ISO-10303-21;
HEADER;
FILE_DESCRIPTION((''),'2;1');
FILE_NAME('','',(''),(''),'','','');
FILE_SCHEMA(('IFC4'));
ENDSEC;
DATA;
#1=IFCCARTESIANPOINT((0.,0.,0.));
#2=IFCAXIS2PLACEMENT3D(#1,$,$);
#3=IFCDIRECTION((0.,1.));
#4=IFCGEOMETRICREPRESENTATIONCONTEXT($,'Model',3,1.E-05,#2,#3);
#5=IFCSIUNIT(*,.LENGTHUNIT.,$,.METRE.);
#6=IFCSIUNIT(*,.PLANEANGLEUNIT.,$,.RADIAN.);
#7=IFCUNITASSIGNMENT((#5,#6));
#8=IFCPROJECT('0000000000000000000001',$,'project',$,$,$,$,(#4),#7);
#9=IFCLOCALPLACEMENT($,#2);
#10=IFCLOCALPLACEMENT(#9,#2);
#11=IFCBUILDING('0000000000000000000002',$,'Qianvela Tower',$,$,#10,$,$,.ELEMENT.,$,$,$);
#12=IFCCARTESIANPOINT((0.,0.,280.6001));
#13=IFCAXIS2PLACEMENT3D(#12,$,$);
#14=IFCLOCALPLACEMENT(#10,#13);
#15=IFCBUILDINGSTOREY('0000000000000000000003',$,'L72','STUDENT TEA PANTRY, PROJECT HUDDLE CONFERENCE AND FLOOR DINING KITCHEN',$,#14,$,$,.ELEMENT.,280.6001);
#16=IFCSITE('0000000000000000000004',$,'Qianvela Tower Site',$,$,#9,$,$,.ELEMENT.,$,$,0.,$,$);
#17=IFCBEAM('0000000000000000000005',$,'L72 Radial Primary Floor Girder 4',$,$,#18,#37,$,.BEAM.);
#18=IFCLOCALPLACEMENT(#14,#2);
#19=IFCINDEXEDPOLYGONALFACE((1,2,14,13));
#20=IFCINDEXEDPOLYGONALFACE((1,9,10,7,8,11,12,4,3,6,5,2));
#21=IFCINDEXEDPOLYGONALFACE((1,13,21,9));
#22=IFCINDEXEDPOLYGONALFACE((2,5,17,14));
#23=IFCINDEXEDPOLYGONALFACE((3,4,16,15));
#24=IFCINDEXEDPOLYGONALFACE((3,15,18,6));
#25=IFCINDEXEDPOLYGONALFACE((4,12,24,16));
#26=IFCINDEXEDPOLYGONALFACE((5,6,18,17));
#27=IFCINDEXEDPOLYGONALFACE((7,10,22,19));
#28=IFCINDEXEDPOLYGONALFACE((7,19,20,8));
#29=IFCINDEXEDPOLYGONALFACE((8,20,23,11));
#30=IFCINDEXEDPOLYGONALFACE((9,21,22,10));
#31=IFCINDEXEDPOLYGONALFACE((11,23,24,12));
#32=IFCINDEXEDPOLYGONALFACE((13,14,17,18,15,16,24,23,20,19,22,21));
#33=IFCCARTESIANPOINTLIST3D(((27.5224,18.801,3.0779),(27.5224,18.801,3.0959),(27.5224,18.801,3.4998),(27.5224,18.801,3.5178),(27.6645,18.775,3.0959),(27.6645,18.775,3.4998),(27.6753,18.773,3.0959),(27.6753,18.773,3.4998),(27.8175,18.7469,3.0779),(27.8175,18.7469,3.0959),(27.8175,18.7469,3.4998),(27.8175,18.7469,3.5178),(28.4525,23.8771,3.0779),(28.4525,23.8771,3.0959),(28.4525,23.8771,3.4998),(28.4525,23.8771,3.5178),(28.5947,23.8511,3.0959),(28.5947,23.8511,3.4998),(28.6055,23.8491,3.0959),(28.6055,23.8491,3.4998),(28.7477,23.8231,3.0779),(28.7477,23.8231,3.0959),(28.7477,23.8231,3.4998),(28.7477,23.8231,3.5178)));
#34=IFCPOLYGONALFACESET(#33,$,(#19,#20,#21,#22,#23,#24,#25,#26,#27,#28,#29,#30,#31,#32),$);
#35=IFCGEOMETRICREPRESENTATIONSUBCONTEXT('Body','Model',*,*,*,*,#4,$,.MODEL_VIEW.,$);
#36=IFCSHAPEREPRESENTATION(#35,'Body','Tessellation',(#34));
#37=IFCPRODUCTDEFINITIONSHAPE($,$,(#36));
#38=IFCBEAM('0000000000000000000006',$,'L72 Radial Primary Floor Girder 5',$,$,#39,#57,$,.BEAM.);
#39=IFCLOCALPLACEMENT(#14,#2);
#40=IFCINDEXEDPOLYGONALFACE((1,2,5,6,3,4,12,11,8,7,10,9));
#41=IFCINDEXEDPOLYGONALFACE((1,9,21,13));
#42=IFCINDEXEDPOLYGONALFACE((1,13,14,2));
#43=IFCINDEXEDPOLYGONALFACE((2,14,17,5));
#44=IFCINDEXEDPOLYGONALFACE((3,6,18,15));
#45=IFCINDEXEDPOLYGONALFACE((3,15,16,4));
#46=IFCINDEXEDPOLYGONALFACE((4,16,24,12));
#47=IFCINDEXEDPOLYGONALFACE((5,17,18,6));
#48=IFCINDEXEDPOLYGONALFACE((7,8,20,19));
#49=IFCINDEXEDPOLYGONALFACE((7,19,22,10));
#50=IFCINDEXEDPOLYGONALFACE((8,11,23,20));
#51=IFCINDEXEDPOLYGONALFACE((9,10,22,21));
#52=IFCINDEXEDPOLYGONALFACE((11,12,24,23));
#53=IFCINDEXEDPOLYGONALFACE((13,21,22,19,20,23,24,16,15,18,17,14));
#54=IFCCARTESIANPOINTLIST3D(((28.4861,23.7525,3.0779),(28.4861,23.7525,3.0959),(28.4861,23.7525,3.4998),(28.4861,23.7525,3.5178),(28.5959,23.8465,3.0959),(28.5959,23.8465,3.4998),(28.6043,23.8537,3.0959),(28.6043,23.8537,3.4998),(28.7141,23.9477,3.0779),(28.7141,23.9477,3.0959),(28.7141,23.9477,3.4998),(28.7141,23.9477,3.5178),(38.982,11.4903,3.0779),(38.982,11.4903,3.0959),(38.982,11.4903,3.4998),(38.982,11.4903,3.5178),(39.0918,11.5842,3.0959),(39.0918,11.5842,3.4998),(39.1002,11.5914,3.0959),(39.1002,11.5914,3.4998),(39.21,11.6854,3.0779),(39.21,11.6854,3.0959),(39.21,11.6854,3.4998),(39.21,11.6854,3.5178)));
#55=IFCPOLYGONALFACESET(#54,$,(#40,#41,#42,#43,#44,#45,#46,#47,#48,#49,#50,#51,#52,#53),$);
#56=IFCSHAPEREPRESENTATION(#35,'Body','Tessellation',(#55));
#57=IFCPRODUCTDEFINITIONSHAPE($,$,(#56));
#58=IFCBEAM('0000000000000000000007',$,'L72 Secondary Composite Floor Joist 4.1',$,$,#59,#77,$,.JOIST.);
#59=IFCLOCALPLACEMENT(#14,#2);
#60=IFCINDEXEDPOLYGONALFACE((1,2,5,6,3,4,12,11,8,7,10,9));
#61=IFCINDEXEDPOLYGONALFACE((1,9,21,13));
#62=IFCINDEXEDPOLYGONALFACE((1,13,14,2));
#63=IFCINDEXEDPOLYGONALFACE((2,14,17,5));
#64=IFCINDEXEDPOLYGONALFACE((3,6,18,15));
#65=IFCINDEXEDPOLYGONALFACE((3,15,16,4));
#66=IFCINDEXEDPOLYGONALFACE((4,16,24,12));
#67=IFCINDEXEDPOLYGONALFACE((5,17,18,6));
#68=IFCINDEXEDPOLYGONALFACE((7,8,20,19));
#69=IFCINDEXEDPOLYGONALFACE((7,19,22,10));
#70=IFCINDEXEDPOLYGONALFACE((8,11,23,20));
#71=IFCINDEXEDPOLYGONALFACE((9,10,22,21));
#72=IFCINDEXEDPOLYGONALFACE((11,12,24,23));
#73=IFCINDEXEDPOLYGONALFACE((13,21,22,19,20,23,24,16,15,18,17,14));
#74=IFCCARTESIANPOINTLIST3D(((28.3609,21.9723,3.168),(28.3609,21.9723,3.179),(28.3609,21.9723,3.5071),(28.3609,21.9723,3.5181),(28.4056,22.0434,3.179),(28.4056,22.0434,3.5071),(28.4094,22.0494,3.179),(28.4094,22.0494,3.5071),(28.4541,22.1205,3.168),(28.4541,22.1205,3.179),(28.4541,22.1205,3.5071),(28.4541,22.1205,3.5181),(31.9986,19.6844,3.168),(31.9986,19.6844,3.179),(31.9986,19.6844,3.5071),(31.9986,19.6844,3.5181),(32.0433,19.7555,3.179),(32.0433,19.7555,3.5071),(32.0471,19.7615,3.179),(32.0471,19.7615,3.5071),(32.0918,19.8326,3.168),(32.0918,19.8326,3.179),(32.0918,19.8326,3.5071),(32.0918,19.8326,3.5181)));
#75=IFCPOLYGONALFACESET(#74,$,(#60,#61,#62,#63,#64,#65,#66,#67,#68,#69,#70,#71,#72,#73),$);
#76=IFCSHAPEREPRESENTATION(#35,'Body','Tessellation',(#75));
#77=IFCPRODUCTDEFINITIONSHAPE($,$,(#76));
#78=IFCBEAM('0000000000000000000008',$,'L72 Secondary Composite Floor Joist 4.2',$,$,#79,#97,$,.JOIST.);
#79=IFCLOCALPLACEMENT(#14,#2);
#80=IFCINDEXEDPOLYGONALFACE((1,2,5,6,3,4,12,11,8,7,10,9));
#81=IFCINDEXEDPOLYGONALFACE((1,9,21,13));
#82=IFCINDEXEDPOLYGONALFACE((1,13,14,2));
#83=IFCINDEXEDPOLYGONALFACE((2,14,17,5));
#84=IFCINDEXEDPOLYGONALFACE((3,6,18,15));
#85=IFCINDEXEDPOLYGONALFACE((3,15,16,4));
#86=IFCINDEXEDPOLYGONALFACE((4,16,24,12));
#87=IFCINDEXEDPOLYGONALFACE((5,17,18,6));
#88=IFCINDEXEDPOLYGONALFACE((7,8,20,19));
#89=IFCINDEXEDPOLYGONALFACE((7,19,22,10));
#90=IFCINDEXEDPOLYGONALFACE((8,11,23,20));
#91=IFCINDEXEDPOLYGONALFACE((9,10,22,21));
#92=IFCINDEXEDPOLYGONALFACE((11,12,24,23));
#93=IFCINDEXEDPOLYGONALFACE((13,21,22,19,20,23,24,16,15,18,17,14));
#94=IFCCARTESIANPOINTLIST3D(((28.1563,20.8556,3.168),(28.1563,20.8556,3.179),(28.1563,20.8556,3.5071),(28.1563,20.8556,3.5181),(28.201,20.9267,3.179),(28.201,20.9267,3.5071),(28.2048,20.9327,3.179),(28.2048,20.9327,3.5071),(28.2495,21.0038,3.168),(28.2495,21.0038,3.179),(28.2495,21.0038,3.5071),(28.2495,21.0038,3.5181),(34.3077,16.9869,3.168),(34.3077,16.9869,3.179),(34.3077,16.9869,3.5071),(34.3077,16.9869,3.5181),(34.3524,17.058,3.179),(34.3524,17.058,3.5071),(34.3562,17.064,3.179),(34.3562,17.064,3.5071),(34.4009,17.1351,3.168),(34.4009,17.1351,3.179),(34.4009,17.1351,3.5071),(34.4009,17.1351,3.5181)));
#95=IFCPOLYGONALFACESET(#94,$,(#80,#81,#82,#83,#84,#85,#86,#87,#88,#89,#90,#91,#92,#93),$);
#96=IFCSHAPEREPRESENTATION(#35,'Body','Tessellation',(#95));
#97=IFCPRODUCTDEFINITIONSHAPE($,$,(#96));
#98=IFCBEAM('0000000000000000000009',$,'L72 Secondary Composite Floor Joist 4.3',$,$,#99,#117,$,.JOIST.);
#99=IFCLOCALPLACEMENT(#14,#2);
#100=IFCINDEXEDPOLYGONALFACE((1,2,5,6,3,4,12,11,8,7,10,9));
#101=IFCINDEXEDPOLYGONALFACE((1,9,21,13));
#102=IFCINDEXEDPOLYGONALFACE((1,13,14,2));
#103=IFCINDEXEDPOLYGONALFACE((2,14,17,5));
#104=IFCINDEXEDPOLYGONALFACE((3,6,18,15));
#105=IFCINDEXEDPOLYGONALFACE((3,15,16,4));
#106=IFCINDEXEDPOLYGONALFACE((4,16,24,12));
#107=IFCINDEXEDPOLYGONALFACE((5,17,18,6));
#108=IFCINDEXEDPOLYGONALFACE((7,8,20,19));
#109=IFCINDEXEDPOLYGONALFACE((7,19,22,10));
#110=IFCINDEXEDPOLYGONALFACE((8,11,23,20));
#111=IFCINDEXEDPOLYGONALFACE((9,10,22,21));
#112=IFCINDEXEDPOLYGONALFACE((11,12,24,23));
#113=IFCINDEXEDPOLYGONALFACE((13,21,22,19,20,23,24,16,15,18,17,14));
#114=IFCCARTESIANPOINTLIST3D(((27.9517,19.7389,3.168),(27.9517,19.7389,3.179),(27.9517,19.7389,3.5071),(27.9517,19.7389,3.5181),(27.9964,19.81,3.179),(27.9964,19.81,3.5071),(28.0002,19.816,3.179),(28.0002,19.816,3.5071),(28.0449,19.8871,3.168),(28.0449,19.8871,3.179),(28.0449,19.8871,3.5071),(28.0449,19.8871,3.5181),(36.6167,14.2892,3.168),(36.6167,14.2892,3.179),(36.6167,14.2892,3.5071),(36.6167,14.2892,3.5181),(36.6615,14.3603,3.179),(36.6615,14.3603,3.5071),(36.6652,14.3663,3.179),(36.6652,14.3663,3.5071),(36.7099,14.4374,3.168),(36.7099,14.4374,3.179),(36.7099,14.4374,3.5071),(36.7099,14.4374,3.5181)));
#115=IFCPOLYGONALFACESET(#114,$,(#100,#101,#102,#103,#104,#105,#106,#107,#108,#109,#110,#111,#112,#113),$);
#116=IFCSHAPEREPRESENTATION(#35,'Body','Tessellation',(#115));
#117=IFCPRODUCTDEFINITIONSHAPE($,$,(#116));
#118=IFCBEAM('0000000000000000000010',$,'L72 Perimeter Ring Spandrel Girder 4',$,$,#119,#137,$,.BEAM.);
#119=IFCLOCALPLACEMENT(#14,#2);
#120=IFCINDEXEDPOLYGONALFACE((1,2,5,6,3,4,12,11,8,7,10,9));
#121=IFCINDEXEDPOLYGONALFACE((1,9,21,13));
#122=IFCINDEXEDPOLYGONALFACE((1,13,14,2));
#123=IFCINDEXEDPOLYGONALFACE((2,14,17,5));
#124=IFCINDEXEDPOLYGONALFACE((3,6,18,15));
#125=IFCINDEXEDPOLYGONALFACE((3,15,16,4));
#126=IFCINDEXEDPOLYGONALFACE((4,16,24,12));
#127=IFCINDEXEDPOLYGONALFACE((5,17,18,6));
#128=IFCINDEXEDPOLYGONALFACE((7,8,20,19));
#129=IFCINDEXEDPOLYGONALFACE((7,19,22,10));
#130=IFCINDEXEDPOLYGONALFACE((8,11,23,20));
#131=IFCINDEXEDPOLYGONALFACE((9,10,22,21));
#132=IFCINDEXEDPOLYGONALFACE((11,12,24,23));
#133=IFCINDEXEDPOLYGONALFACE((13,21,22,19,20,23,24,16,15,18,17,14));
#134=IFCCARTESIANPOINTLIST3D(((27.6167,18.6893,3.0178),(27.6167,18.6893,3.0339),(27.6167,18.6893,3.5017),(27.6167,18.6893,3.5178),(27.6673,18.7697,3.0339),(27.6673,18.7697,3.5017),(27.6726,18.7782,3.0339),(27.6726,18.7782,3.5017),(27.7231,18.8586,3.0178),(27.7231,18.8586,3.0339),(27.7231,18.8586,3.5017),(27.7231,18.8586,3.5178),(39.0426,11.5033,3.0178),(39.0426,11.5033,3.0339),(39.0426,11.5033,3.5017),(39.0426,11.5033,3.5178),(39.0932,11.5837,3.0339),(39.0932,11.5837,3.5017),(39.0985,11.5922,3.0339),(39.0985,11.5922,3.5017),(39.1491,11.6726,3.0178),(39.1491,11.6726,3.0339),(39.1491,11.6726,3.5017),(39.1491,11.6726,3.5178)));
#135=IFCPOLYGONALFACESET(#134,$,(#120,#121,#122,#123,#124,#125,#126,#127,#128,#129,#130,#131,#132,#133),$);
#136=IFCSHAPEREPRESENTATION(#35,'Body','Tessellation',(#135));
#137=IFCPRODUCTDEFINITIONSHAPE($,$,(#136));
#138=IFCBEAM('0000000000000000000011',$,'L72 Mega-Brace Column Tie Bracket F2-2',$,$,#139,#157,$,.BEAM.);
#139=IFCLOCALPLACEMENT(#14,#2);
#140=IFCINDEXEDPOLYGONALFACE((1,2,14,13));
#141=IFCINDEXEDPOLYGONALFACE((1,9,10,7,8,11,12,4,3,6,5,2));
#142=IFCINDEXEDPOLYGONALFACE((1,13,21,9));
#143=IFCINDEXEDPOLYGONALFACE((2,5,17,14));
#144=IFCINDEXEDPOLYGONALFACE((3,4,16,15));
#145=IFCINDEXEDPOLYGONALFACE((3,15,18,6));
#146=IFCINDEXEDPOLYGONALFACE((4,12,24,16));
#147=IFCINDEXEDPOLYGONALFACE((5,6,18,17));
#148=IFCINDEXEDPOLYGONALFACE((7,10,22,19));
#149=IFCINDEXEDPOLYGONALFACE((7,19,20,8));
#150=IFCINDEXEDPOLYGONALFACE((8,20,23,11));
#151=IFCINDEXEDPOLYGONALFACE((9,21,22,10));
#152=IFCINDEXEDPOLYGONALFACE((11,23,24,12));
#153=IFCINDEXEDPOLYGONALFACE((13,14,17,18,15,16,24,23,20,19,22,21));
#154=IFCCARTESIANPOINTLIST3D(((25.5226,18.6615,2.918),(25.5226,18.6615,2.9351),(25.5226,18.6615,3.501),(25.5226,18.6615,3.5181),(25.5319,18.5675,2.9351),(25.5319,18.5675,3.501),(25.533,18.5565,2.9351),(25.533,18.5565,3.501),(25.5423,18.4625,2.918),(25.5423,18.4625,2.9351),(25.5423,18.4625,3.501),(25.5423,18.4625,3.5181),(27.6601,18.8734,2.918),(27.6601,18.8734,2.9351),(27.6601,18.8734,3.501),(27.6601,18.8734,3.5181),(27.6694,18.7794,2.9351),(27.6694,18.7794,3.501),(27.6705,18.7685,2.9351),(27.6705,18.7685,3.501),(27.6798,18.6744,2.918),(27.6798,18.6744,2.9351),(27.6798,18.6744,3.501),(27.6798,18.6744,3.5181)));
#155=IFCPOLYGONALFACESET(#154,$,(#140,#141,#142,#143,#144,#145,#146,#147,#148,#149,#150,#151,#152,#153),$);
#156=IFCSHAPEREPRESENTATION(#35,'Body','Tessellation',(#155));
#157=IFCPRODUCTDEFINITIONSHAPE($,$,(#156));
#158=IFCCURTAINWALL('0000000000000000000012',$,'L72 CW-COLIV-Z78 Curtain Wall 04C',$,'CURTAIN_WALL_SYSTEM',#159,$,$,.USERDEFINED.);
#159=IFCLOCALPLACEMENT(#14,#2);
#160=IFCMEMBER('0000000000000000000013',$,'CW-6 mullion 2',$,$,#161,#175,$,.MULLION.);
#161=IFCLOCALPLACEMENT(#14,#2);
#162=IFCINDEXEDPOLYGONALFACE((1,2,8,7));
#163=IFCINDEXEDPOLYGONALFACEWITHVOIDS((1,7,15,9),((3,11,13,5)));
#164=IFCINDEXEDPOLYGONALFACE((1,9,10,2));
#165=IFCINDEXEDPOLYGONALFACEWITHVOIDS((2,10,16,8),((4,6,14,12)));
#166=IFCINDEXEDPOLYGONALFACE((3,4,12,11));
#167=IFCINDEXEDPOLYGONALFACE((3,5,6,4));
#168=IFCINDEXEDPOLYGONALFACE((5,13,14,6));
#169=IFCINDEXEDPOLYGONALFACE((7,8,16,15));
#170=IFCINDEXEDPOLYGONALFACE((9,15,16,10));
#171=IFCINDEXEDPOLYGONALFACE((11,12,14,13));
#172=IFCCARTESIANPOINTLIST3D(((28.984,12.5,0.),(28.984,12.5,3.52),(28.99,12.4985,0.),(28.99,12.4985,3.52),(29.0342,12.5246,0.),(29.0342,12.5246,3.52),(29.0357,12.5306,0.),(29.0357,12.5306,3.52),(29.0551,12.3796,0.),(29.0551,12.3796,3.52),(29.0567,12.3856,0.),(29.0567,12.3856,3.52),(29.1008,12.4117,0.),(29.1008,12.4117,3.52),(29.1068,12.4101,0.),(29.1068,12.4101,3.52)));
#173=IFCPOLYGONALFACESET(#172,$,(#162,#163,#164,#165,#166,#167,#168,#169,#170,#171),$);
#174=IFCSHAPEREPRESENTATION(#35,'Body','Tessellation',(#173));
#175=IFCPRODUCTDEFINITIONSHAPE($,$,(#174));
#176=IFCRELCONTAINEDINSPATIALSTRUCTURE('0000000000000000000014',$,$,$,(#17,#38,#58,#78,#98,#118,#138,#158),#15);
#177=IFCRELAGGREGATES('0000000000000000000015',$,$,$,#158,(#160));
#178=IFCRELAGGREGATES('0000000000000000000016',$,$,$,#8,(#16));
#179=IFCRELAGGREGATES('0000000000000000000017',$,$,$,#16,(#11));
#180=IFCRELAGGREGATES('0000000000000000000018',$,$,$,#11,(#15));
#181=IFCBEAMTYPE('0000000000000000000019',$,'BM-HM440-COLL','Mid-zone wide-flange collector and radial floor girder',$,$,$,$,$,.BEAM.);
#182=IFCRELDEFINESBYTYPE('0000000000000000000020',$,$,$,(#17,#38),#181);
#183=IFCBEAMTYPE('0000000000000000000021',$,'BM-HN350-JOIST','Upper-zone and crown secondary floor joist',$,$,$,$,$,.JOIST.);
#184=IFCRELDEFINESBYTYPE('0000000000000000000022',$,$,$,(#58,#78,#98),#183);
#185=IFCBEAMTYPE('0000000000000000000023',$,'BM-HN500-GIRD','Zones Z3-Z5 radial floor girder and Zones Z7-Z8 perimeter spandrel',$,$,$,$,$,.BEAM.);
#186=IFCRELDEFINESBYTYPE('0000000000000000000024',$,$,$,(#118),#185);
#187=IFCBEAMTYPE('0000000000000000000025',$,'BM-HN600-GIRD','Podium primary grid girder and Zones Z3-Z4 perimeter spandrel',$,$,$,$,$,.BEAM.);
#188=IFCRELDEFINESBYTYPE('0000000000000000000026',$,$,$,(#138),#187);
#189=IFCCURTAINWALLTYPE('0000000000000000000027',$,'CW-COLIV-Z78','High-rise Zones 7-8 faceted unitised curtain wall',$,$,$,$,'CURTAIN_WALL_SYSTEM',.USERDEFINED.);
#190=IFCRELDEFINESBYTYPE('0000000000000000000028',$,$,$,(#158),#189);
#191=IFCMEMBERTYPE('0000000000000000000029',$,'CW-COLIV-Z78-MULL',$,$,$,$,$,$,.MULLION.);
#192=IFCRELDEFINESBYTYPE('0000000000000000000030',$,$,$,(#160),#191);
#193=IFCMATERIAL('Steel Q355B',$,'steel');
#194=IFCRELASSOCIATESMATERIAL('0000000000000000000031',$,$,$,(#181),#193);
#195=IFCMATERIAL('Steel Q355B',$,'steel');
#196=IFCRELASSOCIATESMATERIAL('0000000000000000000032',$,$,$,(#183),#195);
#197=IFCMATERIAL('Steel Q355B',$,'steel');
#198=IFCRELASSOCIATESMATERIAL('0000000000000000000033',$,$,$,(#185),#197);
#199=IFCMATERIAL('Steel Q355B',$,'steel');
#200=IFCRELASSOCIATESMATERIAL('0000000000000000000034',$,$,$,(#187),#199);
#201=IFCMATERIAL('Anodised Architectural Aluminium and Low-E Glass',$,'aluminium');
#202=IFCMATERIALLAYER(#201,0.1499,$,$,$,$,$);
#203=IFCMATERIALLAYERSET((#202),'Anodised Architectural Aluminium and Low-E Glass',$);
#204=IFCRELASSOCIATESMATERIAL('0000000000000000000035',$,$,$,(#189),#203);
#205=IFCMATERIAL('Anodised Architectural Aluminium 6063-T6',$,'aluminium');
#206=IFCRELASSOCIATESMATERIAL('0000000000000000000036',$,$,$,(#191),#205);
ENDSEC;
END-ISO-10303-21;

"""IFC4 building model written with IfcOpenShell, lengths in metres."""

from ifc_helpers import new_model, si_unit, direction, frame, origin, origin_2d, place, context, subcontext, project, spatial, hollow_rectangle, i_section, extrude, material, layer, layer_set, material_profile, profile_set, type_object, element, aggregate, save


model = new_model("IFC4")

# Units and contexts
model_context = context("Model", 3, precision=1e-05, world=origin(), true_north=direction((0.0, 1.0)))
body_context = subcontext(model_context, "Body", "Model", "MODEL_VIEW")
ifc_project = project(units=[si_unit("LENGTHUNIT", "METRE"), si_unit("PLANEANGLEUNIT", "RADIAN")], contexts=[model_context])

# Site, building, storey
site_placement = place(None, origin())
site = spatial("IfcSite", under=ifc_project, at=site_placement, Name="Qianvela Tower Site", CompositionType="ELEMENT", RefElevation=0.0)
building_placement = place(site_placement, origin())
building = spatial("IfcBuilding", under=site, at=building_placement, Name="Qianvela Tower", CompositionType="ELEMENT")
storey_placement = place(building_placement, frame((0.0, 0.0, 280.6001)))
storey = spatial("IfcBuildingStorey", under=building, at=storey_placement, Name="L72", Description="STUDENT TEA PANTRY, PROJECT HUDDLE CONFERENCE AND FLOOR DINING KITCHEN", CompositionType="ELEMENT", Elevation=280.6001)

# Beams
ifc_material_1 = material(Name="Steel Q355B", Category="steel")
ifc_material_profile_1 = material_profile(ifc_material_1, i_section(OverallWidth=0.3, OverallDepth=0.4399, WebThickness=0.011, FlangeThickness=0.0181, at=origin_2d()), Name="HM440x300x11x18")
ifc_profile_set_1 = profile_set([ifc_material_profile_1], Name="Steel Q355B")
beam_type_1 = type_object("IfcBeamType", Name="BM-HM440-COLL", Description="Mid-zone wide-flange collector and radial floor girder", PredefinedType="BEAM", material=ifc_profile_set_1)
beam_1_placement = place(storey_placement, frame((28.6001, 23.8501, 3.2979), z_axis=(-0.180242, -0.983622, 0.0), x_axis=(0.983622, -0.180242, 0.0)))
element("IfcBeam", 1, at=beam_1_placement, inside=storey, type_object=beam_type_1, Name="L72 Radial Primary Floor Girder 4", PredefinedType="BEAM", context=body_context, shape_type="SweptSolid", body=[
    extrude(i_section(OverallWidth=0.3, OverallDepth=0.4399, WebThickness=0.011, FlangeThickness=0.0181, at=origin_2d()), origin(), (0.0, 0.0, 1.0), 5.1606),
])
beam_2_placement = place(storey_placement, frame((28.6001, 23.8501, 3.2979), z_axis=(0.650269, -0.759704, 0.0), x_axis=(0.759704, 0.650269, 0.0)))
element("IfcBeam", 2, at=beam_2_placement, inside=storey, type_object=beam_type_1, Name="L72 Radial Primary Floor Girder 5", PredefinedType="BEAM", context=body_context, shape_type="SweptSolid", body=[
    extrude(i_section(OverallWidth=0.3, OverallDepth=0.4399, WebThickness=0.011, FlangeThickness=0.0181, at=origin_2d()), origin(), (0.0, 0.0, 1.0), 16.1409),
])
ifc_material_2 = material(Name="Steel Q355B", Category="steel")
ifc_material_profile_2 = material_profile(ifc_material_2, i_section(OverallWidth=0.175, OverallDepth=0.3501, WebThickness=0.0071, FlangeThickness=0.011, at=origin_2d()), Name="HN350x175x7x11")
ifc_profile_set_2 = profile_set([ifc_material_profile_2], Name="Steel Q355B")
beam_type_2 = type_object("IfcBeamType", Name="BM-HN350-JOIST", Description="Upper-zone and crown secondary floor joist", PredefinedType="JOIST", material=ifc_profile_set_2)
beam_3_placement = place(storey_placement, frame((28.4075, 22.0464, 3.343), z_axis=(0.846501, -0.532387, 0.0), x_axis=(0.532387, 0.846501, 0.0)))
element("IfcBeam", 3, at=beam_3_placement, inside=storey, type_object=beam_type_2, Name="L72 Secondary Composite Floor Joist 4.1", PredefinedType="JOIST", context=body_context, shape_type="SweptSolid", body=[
    extrude(i_section(OverallWidth=0.175, OverallDepth=0.3501, WebThickness=0.0071, FlangeThickness=0.011, at=origin_2d()), origin(), (0.0, 0.0, 1.0), 4.2974),
])
beam_4_placement = place(storey_placement, frame((28.2029, 20.9297, 3.343), z_axis=(0.846508, -0.532377, 0.0), x_axis=(0.532377, 0.846508, 0.0)))
element("IfcBeam", 4, at=beam_4_placement, inside=storey, type_object=beam_type_2, Name="L72 Secondary Composite Floor Joist 4.2", PredefinedType="JOIST", context=body_context, shape_type="SweptSolid", body=[
    extrude(i_section(OverallWidth=0.175, OverallDepth=0.3501, WebThickness=0.0071, FlangeThickness=0.011, at=origin_2d()), origin(), (0.0, 0.0, 1.0), 7.2668),
])
beam_5_placement = place(storey_placement, frame((27.9983, 19.813, 3.343), z_axis=(0.8465, -0.532389, 0.0), x_axis=(0.532389, 0.8465, 0.0)))
element("IfcBeam", 5, at=beam_5_placement, inside=storey, type_object=beam_type_2, Name="L72 Secondary Composite Floor Joist 4.3", PredefinedType="JOIST", context=body_context, shape_type="SweptSolid", body=[
    extrude(i_section(OverallWidth=0.175, OverallDepth=0.3501, WebThickness=0.0071, FlangeThickness=0.011, at=origin_2d()), origin(), (0.0, 0.0, 1.0), 10.2363),
])
ifc_material_3 = material(Name="Steel Q355B", Category="steel")
ifc_material_profile_3 = material_profile(ifc_material_3, i_section(OverallWidth=0.2, OverallDepth=0.5, WebThickness=0.01, FlangeThickness=0.0161, at=origin_2d()), Name="HN500x200x10x16")
ifc_profile_set_3 = profile_set([ifc_material_profile_3], Name="Steel Q355B")
beam_type_3 = type_object("IfcBeamType", Name="BM-HN500-GIRD", Description="Zones Z3-Z5 radial floor girder and Zones Z7-Z8 perimeter spandrel", PredefinedType="BEAM", material=ifc_profile_set_3)
beam_6_placement = place(storey_placement, frame((27.6699, 18.7739, 3.2678), z_axis=(0.846504, -0.532382, 0.0), x_axis=(0.532382, 0.846504, 0.0)))
element("IfcBeam", 6, at=beam_6_placement, inside=storey, type_object=beam_type_3, Name="L72 Perimeter Ring Spandrel Girder 4", PredefinedType="BEAM", context=body_context, shape_type="SweptSolid", body=[
    extrude(i_section(OverallWidth=0.2, OverallDepth=0.5, WebThickness=0.01, FlangeThickness=0.0161, at=origin_2d()), origin(), (0.0, 0.0, 1.0), 13.4978),
])
ifc_material_4 = material(Name="Steel Q355B", Category="steel")
ifc_material_profile_4 = material_profile(ifc_material_4, i_section(OverallWidth=0.2, OverallDepth=0.6001, WebThickness=0.011, FlangeThickness=0.0171, at=origin_2d()), Name="HN600x200x11x17")
ifc_profile_set_4 = profile_set([ifc_material_profile_4], Name="Steel Q355B")
beam_type_4 = type_object("IfcBeamType", Name="BM-HN600-GIRD", Description="Podium primary grid girder and Zones Z3-Z4 perimeter spandrel", PredefinedType="BEAM", material=ifc_profile_set_4)
beam_7_placement = place(storey_placement, frame((27.6699, 18.7739, 3.218), z_axis=(-0.995121, -0.09866, 0.0), x_axis=(0.09866, -0.995121, 0.0)))
element("IfcBeam", 7, at=beam_7_placement, inside=storey, type_object=beam_type_4, Name="L72 Mega-Brace Column Tie Bracket F2-2", PredefinedType="BEAM", context=body_context, shape_type="SweptSolid", body=[
    extrude(i_section(OverallWidth=0.2, OverallDepth=0.6001, WebThickness=0.011, FlangeThickness=0.0171, at=origin_2d()), origin(), (0.0, 0.0, 1.0), 2.1479),
])

# Curtain wall, member
ifc_material_5 = material(Name="Anodised Architectural Aluminium and Low-E Glass", Category="aluminium")
ifc_layer_1 = layer(ifc_material_5, 0.1499)
ifc_layer_set_1 = layer_set([ifc_layer_1], Name="Anodised Architectural Aluminium and Low-E Glass")
curtain_wall_type = type_object("IfcCurtainWallType", Name="CW-COLIV-Z78", Description="High-rise Zones 7-8 faceted unitised curtain wall", ElementType="CURTAIN_WALL_SYSTEM", PredefinedType="USERDEFINED", material=ifc_layer_set_1)
curtain_wall_placement = place(storey_placement, origin())
curtain_wall = element("IfcCurtainWall", 8, at=curtain_wall_placement, inside=storey, type_object=curtain_wall_type, Name="L72 CW-COLIV-Z78 Curtain Wall 04C", ObjectType="CURTAIN_WALL_SYSTEM", PredefinedType="USERDEFINED")
ifc_material_6 = material(Name="Anodised Architectural Aluminium 6063-T6", Category="aluminium")
ifc_material_profile_5 = material_profile(ifc_material_6, hollow_rectangle(XDim=0.0601, YDim=0.1399, WallThickness=0.0044, at=origin_2d()), Name="ALU-MULL-60x140")
ifc_profile_set_5 = profile_set([ifc_material_profile_5], Name="Anodised Architectural Aluminium 6063-T6")
member_type_1 = type_object("IfcMemberType", Name="CW-COLIV-Z78-MULL", PredefinedType="MULLION", material=ifc_profile_set_5)
member_1_placement = place(storey_placement, frame((29.0454, 12.4551, 0.0), z_axis=(0.0, 0.0, 1.0), x_axis=(0.861097, 0.50844, 0.0)))
member_1 = element("IfcMember", 9, at=member_1_placement, type_object=member_type_1, Name="CW-6 mullion 2", PredefinedType="MULLION", context=body_context, shape_type="SweptSolid", body=[
    extrude(hollow_rectangle(XDim=0.0601, YDim=0.1399, WallThickness=0.0044, at=origin_2d()), origin(), (0.0, 0.0, 1.0), 3.52),
])
aggregate(curtain_wall, [member_1])

save(model, "model.ifc")
